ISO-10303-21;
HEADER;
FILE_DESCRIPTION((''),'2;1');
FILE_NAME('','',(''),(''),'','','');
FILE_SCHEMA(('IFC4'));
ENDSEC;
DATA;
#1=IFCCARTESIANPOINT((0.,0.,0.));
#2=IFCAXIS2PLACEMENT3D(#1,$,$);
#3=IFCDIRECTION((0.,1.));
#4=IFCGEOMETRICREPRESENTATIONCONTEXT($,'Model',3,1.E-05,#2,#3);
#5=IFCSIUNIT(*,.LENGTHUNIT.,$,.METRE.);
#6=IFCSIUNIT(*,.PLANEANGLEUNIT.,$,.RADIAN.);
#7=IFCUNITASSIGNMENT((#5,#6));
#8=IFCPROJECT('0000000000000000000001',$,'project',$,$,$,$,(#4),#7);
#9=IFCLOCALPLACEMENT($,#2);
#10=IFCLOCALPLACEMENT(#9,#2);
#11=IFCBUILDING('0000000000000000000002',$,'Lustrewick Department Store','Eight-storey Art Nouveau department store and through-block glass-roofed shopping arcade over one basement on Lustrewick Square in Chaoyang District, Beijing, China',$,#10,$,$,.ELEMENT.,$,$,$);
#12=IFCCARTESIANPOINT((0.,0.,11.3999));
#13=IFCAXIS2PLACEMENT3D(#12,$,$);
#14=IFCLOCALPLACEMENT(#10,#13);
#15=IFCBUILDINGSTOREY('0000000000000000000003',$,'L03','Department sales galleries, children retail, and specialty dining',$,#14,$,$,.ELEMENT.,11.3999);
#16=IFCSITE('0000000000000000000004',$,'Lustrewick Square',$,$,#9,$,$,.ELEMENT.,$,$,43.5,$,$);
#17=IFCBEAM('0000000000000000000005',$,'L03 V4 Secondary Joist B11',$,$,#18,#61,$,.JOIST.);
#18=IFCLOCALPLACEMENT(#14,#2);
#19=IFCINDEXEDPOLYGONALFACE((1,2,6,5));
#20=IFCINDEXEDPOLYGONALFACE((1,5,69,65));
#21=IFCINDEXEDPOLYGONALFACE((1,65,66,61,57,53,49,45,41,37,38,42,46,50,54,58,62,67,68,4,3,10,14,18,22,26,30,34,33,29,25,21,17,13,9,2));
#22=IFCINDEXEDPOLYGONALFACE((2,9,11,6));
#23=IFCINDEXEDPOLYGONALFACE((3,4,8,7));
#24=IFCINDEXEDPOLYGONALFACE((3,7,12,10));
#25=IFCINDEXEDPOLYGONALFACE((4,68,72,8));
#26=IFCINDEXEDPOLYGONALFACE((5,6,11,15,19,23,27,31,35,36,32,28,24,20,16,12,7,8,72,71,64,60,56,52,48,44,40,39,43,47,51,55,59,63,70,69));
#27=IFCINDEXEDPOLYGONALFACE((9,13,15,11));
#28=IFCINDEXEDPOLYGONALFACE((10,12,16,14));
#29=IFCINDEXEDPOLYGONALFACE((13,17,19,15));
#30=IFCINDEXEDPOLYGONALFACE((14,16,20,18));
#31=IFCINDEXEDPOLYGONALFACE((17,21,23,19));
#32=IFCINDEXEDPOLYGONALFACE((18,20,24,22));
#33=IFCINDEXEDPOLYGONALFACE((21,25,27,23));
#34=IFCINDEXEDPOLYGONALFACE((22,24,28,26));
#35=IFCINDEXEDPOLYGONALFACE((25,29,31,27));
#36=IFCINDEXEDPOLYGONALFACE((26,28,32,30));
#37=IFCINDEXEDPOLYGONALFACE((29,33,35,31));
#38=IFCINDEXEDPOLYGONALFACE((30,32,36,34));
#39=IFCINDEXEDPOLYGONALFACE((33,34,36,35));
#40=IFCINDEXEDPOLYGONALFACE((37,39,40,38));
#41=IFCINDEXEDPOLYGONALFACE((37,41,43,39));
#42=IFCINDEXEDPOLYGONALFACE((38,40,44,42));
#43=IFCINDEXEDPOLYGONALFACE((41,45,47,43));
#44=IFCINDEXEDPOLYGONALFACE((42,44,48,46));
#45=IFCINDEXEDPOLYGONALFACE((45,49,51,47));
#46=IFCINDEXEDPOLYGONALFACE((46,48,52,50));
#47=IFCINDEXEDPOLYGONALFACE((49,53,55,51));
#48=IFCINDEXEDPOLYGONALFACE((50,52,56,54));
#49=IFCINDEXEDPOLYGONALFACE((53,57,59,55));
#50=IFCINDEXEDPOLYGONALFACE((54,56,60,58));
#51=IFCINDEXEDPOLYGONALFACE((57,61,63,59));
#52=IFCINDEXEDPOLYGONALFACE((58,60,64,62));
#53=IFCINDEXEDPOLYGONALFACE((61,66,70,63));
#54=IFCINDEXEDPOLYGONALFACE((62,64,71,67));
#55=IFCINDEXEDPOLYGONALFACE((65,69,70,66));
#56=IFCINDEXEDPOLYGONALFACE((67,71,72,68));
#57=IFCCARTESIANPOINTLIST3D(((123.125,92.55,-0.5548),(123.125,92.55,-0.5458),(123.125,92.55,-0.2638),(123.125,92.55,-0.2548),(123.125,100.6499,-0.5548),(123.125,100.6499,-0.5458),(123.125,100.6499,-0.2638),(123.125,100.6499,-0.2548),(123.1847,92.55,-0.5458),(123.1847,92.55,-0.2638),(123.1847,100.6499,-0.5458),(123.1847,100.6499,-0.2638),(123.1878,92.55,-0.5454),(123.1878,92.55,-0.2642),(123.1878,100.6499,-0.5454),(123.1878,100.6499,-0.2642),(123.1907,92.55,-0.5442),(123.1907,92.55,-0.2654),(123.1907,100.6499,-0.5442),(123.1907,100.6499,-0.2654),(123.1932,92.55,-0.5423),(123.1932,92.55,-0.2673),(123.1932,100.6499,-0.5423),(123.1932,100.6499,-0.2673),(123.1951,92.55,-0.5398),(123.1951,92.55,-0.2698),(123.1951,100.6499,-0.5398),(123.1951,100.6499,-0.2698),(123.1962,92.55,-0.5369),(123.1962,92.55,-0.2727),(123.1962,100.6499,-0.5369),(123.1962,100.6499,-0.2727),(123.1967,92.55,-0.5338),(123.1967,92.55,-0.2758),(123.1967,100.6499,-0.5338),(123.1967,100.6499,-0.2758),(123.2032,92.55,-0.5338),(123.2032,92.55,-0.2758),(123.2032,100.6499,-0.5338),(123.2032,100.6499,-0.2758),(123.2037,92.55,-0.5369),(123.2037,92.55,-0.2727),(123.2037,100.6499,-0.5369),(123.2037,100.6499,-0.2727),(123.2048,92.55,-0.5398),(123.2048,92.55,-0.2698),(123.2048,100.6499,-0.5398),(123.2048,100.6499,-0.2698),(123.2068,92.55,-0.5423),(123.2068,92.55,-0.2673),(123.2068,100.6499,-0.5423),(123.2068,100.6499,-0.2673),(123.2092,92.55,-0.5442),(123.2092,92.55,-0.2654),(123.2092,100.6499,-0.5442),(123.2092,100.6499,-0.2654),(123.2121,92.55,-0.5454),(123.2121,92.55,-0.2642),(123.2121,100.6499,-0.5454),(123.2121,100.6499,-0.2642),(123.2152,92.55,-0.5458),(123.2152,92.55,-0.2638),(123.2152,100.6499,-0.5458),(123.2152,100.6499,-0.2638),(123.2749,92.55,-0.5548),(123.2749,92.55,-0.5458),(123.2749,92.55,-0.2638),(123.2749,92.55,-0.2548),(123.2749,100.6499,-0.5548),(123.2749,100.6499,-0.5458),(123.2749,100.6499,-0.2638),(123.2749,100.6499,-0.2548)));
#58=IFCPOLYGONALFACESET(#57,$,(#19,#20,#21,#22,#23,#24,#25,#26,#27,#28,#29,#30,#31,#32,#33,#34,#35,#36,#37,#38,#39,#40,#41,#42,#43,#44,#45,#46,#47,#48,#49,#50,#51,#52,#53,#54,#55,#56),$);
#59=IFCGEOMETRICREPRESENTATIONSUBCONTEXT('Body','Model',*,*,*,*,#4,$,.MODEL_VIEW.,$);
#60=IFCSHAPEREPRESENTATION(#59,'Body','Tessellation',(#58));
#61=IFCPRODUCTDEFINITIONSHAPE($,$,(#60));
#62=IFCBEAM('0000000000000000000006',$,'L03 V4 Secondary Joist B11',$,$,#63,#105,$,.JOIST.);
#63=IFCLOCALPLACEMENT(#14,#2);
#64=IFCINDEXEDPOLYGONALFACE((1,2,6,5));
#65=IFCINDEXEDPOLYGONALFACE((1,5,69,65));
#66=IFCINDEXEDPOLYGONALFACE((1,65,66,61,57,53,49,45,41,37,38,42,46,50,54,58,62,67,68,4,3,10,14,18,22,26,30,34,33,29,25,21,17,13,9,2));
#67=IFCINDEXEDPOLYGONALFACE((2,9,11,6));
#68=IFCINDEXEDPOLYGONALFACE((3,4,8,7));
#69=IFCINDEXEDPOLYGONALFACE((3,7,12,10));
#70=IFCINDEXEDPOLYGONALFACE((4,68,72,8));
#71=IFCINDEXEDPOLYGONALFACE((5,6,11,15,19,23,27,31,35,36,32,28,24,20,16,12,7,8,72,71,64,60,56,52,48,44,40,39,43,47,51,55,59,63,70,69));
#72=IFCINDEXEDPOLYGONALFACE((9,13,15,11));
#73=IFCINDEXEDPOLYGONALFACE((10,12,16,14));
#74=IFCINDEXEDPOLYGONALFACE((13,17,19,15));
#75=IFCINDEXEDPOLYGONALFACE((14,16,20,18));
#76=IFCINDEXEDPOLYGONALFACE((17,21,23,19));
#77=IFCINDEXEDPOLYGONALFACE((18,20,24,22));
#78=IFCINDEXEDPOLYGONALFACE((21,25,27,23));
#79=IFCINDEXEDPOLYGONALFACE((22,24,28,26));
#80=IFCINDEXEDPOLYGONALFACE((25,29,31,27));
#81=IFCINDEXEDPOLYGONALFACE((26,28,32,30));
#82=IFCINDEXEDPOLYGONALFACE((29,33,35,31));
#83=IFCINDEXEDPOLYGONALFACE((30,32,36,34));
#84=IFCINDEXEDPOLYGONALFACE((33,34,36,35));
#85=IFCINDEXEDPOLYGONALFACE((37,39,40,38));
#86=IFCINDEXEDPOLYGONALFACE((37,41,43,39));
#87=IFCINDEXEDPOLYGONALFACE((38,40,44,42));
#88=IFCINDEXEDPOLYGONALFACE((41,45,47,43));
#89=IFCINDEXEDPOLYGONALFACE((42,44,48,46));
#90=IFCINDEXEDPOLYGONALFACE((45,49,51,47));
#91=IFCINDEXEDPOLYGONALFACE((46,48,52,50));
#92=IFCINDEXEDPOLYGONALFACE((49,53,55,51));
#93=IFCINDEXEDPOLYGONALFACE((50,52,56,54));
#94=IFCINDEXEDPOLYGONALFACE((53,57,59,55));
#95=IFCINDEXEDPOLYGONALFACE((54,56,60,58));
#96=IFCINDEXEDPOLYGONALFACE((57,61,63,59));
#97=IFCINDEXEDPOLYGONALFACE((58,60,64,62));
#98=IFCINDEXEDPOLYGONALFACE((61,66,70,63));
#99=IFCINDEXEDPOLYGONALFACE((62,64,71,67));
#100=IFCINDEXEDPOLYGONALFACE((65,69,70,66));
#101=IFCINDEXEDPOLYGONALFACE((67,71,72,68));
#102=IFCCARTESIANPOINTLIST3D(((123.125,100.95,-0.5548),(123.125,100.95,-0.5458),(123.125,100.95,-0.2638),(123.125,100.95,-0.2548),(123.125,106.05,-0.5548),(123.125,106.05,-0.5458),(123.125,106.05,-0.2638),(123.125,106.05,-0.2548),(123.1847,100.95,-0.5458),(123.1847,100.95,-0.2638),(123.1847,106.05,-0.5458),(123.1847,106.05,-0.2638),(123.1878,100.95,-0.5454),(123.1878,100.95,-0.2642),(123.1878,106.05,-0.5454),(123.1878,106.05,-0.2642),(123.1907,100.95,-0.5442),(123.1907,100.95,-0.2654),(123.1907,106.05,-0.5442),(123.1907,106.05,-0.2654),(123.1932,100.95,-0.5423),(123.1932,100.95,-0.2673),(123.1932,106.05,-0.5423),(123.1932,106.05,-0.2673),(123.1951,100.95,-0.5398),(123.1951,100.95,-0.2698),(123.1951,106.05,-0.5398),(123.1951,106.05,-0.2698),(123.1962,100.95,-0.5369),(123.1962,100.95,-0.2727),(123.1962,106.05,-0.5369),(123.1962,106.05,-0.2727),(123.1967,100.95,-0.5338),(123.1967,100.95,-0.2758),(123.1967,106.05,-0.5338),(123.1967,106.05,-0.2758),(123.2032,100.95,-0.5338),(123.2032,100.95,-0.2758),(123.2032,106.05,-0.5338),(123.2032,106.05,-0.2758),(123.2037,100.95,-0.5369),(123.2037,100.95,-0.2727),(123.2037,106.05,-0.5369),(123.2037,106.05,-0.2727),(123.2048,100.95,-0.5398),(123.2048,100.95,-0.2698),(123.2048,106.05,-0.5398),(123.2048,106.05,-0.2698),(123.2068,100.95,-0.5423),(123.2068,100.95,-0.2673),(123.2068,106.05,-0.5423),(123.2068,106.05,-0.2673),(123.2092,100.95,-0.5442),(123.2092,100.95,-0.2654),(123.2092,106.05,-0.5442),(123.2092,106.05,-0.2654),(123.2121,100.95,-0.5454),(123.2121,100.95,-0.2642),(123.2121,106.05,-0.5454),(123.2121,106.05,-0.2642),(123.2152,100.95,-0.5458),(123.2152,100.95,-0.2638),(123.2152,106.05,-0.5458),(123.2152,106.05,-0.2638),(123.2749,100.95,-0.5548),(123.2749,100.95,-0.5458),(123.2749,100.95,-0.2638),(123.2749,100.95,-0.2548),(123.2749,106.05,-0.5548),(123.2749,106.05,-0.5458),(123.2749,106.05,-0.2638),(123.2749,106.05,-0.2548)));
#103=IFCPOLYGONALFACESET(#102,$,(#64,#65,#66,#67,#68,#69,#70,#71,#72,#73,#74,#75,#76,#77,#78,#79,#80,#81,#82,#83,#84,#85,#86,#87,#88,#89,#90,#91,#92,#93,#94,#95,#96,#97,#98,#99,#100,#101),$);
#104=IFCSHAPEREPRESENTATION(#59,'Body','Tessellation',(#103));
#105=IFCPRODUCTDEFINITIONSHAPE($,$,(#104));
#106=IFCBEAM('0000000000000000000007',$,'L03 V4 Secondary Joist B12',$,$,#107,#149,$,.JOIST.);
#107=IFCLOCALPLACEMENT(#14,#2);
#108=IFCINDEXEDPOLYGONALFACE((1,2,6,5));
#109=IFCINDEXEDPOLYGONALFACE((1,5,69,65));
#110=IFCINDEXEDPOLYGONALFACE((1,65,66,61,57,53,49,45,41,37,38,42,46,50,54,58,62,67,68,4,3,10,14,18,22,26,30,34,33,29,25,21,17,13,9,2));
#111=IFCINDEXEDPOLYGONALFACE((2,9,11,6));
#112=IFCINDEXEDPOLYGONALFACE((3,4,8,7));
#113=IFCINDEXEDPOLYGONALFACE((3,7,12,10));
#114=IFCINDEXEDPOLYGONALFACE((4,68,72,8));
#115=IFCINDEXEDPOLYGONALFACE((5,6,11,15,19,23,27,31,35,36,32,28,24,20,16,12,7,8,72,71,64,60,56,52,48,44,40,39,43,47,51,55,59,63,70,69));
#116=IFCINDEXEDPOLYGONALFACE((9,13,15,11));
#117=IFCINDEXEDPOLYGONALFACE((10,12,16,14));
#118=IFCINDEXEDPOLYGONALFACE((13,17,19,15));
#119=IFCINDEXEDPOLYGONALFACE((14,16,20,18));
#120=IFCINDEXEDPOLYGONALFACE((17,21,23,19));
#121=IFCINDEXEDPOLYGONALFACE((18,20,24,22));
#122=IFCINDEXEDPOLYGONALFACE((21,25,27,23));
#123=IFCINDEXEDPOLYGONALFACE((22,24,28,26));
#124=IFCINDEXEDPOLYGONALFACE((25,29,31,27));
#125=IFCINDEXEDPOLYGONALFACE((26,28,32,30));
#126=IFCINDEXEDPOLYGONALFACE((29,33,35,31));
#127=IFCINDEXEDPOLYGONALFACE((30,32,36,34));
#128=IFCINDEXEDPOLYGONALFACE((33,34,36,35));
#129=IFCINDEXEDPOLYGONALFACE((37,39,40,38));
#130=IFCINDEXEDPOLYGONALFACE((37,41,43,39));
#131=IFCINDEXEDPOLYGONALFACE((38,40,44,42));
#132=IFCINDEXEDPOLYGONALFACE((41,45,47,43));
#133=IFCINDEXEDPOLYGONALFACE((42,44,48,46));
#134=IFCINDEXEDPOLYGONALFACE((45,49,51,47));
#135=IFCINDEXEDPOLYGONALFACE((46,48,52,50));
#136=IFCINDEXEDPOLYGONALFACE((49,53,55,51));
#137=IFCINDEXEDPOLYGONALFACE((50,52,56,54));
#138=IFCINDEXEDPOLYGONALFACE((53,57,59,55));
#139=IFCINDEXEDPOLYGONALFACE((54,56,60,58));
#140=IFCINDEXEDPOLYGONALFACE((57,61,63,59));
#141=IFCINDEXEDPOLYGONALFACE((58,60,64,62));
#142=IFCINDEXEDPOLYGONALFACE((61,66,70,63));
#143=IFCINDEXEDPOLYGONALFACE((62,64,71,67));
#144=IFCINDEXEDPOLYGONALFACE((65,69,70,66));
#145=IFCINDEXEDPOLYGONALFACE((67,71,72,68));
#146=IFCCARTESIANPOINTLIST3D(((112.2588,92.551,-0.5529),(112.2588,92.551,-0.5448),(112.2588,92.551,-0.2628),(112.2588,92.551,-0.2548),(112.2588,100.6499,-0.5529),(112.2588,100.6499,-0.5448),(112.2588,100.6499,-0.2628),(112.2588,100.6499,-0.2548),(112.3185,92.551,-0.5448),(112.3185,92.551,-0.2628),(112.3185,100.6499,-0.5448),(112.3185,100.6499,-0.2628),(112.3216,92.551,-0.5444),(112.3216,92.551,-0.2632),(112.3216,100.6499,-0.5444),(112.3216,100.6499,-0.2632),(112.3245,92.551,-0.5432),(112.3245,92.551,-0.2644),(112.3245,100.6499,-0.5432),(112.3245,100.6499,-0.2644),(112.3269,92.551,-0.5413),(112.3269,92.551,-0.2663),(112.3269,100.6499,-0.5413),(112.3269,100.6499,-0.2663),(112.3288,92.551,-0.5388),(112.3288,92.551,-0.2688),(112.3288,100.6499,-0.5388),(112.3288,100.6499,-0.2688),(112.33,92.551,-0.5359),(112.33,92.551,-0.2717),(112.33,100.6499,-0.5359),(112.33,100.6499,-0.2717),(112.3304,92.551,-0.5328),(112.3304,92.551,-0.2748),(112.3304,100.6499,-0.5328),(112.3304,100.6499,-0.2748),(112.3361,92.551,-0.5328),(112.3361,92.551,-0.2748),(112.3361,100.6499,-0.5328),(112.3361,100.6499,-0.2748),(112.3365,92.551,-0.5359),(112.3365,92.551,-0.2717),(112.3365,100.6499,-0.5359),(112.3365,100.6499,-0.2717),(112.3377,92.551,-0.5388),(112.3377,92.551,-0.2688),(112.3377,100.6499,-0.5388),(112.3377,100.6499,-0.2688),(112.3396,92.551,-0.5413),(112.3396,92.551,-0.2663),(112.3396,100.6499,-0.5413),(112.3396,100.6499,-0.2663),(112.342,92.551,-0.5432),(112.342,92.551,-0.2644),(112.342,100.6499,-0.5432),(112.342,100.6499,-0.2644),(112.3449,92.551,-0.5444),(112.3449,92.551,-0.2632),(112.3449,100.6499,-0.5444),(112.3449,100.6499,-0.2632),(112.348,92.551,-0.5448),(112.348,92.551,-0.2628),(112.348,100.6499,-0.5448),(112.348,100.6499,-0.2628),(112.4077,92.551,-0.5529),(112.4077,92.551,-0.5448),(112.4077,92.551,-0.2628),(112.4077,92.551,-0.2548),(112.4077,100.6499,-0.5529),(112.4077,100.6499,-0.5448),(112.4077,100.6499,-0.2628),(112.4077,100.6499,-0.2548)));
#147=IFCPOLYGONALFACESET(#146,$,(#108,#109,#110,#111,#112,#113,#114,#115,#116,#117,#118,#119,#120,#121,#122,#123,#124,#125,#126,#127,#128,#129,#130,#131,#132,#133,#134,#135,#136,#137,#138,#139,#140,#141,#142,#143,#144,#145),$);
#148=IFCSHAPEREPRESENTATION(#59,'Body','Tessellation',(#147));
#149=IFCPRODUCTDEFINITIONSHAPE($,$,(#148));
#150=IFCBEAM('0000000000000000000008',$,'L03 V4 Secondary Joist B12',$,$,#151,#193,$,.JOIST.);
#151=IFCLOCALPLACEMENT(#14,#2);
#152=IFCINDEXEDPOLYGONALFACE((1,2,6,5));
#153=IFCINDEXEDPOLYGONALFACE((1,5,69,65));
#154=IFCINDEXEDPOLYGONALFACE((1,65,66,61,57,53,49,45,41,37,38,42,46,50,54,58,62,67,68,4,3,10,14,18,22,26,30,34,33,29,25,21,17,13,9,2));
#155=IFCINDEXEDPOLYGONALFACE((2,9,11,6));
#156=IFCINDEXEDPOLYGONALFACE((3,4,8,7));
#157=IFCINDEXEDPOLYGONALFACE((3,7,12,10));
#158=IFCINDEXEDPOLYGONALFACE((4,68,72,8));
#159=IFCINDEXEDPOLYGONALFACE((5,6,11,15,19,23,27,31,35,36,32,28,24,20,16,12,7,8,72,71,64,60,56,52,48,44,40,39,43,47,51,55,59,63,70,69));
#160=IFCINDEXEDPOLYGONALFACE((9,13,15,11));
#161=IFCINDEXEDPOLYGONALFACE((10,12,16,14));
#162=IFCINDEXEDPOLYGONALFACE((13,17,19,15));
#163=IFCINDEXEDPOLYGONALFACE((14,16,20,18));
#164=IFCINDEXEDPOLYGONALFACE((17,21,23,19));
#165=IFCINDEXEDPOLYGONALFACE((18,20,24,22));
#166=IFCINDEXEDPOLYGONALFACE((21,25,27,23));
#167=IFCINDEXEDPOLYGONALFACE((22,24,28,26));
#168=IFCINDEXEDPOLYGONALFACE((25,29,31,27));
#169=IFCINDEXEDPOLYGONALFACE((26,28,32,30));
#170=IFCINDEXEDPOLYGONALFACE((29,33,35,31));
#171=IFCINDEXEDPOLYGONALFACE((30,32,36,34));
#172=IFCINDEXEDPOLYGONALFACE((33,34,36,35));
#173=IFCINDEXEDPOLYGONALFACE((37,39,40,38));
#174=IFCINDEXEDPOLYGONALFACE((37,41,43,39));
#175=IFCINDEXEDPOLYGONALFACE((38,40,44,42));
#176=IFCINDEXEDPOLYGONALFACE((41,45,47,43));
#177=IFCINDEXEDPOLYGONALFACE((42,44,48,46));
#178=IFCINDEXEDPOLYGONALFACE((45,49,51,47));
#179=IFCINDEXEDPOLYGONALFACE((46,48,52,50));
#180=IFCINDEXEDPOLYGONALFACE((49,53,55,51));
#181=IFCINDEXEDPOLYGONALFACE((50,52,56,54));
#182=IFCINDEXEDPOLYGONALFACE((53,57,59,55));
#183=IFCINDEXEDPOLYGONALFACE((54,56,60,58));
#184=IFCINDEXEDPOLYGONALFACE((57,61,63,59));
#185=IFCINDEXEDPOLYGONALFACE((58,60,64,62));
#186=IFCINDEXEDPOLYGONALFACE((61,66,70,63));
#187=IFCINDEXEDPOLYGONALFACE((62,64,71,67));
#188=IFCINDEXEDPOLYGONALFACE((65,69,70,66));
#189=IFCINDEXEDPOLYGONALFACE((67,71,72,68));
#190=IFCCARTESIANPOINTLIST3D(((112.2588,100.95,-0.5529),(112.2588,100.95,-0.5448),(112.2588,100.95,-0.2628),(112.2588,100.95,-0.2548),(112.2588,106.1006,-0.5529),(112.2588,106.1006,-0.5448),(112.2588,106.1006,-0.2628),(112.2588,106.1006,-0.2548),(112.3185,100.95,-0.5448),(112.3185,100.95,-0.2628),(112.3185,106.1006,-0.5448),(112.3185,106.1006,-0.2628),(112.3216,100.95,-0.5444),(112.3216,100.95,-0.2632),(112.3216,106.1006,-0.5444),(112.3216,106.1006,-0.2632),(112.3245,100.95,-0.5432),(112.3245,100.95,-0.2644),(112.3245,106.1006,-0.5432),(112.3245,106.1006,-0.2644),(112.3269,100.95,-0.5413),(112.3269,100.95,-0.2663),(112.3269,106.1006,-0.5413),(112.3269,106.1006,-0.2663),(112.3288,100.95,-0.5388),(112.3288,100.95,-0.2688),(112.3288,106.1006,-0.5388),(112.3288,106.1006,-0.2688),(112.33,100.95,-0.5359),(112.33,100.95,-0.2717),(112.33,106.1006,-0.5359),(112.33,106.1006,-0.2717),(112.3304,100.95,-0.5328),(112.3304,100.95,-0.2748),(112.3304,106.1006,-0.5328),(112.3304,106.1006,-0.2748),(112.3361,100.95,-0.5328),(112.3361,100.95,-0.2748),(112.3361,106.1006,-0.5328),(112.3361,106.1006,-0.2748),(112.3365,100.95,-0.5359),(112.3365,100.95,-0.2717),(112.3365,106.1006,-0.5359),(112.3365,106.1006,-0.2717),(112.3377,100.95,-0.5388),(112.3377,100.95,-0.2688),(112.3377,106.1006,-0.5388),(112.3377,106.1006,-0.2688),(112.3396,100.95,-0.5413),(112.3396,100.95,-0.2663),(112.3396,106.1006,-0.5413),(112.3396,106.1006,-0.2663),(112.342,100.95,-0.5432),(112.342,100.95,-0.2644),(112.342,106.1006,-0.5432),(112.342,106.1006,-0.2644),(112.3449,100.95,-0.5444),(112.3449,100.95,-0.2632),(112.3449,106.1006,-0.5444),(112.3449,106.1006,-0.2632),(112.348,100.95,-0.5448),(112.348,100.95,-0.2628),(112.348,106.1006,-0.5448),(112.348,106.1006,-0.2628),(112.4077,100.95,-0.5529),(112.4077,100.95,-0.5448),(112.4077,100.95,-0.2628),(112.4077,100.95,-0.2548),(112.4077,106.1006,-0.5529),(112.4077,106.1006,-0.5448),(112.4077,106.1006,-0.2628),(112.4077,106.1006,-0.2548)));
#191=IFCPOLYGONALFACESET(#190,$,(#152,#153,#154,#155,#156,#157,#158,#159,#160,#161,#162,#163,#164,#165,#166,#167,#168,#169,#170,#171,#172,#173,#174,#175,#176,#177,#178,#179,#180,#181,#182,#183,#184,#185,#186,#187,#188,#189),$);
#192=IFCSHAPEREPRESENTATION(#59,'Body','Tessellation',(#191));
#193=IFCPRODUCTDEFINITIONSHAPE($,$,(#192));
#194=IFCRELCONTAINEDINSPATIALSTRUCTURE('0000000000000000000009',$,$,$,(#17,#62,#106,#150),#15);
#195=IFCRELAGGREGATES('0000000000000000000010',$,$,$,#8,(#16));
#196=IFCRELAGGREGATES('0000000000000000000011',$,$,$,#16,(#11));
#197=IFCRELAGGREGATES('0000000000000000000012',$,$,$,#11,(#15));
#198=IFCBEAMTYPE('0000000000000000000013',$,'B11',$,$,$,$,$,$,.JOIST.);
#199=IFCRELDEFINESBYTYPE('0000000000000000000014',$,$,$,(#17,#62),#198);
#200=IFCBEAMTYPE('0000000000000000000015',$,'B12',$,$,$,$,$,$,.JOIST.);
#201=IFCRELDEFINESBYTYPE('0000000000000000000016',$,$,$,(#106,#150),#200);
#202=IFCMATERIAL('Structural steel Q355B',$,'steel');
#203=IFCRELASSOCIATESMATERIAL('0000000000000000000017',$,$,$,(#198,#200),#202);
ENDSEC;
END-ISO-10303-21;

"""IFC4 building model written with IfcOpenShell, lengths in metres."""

from ifc_helpers import new_model, si_unit, direction, frame, origin, origin_2d, place, context, subcontext, project, spatial, i_section, extrude, material, material_profile, profile_set, type_object, element, save


model = new_model("IFC4")

# Units and contexts
model_context = context("Model", 3, precision=1e-05, world=origin(), true_north=direction((0.0, 1.0)))
body_context = subcontext(model_context, "Body", "Model", "MODEL_VIEW")
ifc_project = project(units=[si_unit("LENGTHUNIT", "METRE"), si_unit("PLANEANGLEUNIT", "RADIAN")], contexts=[model_context])

# Site, building, storey
site_placement = place(None, origin())
site = spatial("IfcSite", under=ifc_project, at=site_placement, Name="Lustrewick Square", CompositionType="ELEMENT", RefElevation=43.5)
building_placement = place(site_placement, origin())
building = spatial("IfcBuilding", under=site, at=building_placement, Name="Lustrewick Department Store", Description="Eight-storey Art Nouveau department store and through-block glass-roofed shopping arcade over one basement on Lustrewick Square in Chaoyang District, Beijing, China", CompositionType="ELEMENT")
storey_placement = place(building_placement, frame((0.0, 0.0, 11.3999)))
storey = spatial("IfcBuildingStorey", under=building, at=storey_placement, Name="L03", Description="Department sales galleries, children retail, and specialty dining", CompositionType="ELEMENT", Elevation=11.3999)

# Shared definitions
ifc_material_1 = material(Name="Structural steel Q355B", Category="steel")

# Beams
ifc_material_profile_1 = material_profile(ifc_material_1, i_section(OverallWidth=0.1499, OverallDepth=0.3, WebThickness=0.0066, FlangeThickness=0.009, FilletRadius=0.012, at=origin_2d()), Name="HN 300x150x6.5x9")
ifc_profile_set_1 = profile_set([ifc_material_profile_1], Name="Structural steel Q355B")
beam_type_1 = type_object("IfcBeamType", Name="B11", PredefinedType="JOIST", material=ifc_profile_set_1)
beam_1_placement = place(storey_placement, frame((123.2, 92.55, -0.4048), z_axis=(0.0, 1.0, 0.0), x_axis=(-1.0, 0.0, 0.0)))
element("IfcBeam", 1, at=beam_1_placement, inside=storey, type_object=beam_type_1, Name="L03 V4 Secondary Joist B11", PredefinedType="JOIST", context=body_context, shape_type="SweptSolid", body=[
    extrude(i_section(OverallWidth=0.1499, OverallDepth=0.3, WebThickness=0.0066, FlangeThickness=0.009, FilletRadius=0.012, at=origin_2d()), origin(), (0.0, 0.0, 1.0), 8.0999),
])
beam_2_placement = place(storey_placement, frame((123.2, 100.95, -0.4048), z_axis=(0.0, 1.0, 0.0), x_axis=(-1.0, 0.0, 0.0)))
element("IfcBeam", 2, at=beam_2_placement, inside=storey, type_object=beam_type_1, Name="L03 V4 Secondary Joist B11", PredefinedType="JOIST", context=body_context, shape_type="SweptSolid", body=[
    extrude(i_section(OverallWidth=0.1499, OverallDepth=0.3, WebThickness=0.0066, FlangeThickness=0.009, FilletRadius=0.012, at=origin_2d()), origin(), (0.0, 0.0, 1.0), 5.1001),
])
ifc_material_profile_2 = material_profile(ifc_material_1, i_section(OverallWidth=0.1489, OverallDepth=0.2981, WebThickness=0.0056, FlangeThickness=0.0081, FilletRadius=0.012, at=origin_2d()), Name="HN 298x149x5.5x8")
ifc_profile_set_2 = profile_set([ifc_material_profile_2], Name="Structural steel Q355B")
beam_type_2 = type_object("IfcBeamType", Name="B12", PredefinedType="JOIST", material=ifc_profile_set_2)
beam_3_placement = place(storey_placement, frame((112.3333, 92.551, -0.4038), z_axis=(0.0, 1.0, 0.0), x_axis=(-1.0, 0.0, 0.0)))
element("IfcBeam", 3, at=beam_3_placement, inside=storey, type_object=beam_type_2, Name="L03 V4 Secondary Joist B12", PredefinedType="JOIST", context=body_context, shape_type="SweptSolid", body=[
    extrude(i_section(OverallWidth=0.1489, OverallDepth=0.2981, WebThickness=0.0056, FlangeThickness=0.0081, FilletRadius=0.012, at=origin_2d()), origin(), (0.0, 0.0, 1.0), 8.0989),
])
beam_4_placement = place(storey_placement, frame((112.3333, 100.95, -0.4038), z_axis=(0.0, 1.0, 0.0), x_axis=(-1.0, 0.0, 0.0)))
element("IfcBeam", 4, at=beam_4_placement, inside=storey, type_object=beam_type_2, Name="L03 V4 Secondary Joist B12", PredefinedType="JOIST", context=body_context, shape_type="SweptSolid", body=[
    extrude(i_section(OverallWidth=0.1489, OverallDepth=0.2981, WebThickness=0.0056, FlangeThickness=0.0081, FilletRadius=0.012, at=origin_2d()), origin(), (0.0, 0.0, 1.0), 5.1506),
])

save(model, "model.ifc")
